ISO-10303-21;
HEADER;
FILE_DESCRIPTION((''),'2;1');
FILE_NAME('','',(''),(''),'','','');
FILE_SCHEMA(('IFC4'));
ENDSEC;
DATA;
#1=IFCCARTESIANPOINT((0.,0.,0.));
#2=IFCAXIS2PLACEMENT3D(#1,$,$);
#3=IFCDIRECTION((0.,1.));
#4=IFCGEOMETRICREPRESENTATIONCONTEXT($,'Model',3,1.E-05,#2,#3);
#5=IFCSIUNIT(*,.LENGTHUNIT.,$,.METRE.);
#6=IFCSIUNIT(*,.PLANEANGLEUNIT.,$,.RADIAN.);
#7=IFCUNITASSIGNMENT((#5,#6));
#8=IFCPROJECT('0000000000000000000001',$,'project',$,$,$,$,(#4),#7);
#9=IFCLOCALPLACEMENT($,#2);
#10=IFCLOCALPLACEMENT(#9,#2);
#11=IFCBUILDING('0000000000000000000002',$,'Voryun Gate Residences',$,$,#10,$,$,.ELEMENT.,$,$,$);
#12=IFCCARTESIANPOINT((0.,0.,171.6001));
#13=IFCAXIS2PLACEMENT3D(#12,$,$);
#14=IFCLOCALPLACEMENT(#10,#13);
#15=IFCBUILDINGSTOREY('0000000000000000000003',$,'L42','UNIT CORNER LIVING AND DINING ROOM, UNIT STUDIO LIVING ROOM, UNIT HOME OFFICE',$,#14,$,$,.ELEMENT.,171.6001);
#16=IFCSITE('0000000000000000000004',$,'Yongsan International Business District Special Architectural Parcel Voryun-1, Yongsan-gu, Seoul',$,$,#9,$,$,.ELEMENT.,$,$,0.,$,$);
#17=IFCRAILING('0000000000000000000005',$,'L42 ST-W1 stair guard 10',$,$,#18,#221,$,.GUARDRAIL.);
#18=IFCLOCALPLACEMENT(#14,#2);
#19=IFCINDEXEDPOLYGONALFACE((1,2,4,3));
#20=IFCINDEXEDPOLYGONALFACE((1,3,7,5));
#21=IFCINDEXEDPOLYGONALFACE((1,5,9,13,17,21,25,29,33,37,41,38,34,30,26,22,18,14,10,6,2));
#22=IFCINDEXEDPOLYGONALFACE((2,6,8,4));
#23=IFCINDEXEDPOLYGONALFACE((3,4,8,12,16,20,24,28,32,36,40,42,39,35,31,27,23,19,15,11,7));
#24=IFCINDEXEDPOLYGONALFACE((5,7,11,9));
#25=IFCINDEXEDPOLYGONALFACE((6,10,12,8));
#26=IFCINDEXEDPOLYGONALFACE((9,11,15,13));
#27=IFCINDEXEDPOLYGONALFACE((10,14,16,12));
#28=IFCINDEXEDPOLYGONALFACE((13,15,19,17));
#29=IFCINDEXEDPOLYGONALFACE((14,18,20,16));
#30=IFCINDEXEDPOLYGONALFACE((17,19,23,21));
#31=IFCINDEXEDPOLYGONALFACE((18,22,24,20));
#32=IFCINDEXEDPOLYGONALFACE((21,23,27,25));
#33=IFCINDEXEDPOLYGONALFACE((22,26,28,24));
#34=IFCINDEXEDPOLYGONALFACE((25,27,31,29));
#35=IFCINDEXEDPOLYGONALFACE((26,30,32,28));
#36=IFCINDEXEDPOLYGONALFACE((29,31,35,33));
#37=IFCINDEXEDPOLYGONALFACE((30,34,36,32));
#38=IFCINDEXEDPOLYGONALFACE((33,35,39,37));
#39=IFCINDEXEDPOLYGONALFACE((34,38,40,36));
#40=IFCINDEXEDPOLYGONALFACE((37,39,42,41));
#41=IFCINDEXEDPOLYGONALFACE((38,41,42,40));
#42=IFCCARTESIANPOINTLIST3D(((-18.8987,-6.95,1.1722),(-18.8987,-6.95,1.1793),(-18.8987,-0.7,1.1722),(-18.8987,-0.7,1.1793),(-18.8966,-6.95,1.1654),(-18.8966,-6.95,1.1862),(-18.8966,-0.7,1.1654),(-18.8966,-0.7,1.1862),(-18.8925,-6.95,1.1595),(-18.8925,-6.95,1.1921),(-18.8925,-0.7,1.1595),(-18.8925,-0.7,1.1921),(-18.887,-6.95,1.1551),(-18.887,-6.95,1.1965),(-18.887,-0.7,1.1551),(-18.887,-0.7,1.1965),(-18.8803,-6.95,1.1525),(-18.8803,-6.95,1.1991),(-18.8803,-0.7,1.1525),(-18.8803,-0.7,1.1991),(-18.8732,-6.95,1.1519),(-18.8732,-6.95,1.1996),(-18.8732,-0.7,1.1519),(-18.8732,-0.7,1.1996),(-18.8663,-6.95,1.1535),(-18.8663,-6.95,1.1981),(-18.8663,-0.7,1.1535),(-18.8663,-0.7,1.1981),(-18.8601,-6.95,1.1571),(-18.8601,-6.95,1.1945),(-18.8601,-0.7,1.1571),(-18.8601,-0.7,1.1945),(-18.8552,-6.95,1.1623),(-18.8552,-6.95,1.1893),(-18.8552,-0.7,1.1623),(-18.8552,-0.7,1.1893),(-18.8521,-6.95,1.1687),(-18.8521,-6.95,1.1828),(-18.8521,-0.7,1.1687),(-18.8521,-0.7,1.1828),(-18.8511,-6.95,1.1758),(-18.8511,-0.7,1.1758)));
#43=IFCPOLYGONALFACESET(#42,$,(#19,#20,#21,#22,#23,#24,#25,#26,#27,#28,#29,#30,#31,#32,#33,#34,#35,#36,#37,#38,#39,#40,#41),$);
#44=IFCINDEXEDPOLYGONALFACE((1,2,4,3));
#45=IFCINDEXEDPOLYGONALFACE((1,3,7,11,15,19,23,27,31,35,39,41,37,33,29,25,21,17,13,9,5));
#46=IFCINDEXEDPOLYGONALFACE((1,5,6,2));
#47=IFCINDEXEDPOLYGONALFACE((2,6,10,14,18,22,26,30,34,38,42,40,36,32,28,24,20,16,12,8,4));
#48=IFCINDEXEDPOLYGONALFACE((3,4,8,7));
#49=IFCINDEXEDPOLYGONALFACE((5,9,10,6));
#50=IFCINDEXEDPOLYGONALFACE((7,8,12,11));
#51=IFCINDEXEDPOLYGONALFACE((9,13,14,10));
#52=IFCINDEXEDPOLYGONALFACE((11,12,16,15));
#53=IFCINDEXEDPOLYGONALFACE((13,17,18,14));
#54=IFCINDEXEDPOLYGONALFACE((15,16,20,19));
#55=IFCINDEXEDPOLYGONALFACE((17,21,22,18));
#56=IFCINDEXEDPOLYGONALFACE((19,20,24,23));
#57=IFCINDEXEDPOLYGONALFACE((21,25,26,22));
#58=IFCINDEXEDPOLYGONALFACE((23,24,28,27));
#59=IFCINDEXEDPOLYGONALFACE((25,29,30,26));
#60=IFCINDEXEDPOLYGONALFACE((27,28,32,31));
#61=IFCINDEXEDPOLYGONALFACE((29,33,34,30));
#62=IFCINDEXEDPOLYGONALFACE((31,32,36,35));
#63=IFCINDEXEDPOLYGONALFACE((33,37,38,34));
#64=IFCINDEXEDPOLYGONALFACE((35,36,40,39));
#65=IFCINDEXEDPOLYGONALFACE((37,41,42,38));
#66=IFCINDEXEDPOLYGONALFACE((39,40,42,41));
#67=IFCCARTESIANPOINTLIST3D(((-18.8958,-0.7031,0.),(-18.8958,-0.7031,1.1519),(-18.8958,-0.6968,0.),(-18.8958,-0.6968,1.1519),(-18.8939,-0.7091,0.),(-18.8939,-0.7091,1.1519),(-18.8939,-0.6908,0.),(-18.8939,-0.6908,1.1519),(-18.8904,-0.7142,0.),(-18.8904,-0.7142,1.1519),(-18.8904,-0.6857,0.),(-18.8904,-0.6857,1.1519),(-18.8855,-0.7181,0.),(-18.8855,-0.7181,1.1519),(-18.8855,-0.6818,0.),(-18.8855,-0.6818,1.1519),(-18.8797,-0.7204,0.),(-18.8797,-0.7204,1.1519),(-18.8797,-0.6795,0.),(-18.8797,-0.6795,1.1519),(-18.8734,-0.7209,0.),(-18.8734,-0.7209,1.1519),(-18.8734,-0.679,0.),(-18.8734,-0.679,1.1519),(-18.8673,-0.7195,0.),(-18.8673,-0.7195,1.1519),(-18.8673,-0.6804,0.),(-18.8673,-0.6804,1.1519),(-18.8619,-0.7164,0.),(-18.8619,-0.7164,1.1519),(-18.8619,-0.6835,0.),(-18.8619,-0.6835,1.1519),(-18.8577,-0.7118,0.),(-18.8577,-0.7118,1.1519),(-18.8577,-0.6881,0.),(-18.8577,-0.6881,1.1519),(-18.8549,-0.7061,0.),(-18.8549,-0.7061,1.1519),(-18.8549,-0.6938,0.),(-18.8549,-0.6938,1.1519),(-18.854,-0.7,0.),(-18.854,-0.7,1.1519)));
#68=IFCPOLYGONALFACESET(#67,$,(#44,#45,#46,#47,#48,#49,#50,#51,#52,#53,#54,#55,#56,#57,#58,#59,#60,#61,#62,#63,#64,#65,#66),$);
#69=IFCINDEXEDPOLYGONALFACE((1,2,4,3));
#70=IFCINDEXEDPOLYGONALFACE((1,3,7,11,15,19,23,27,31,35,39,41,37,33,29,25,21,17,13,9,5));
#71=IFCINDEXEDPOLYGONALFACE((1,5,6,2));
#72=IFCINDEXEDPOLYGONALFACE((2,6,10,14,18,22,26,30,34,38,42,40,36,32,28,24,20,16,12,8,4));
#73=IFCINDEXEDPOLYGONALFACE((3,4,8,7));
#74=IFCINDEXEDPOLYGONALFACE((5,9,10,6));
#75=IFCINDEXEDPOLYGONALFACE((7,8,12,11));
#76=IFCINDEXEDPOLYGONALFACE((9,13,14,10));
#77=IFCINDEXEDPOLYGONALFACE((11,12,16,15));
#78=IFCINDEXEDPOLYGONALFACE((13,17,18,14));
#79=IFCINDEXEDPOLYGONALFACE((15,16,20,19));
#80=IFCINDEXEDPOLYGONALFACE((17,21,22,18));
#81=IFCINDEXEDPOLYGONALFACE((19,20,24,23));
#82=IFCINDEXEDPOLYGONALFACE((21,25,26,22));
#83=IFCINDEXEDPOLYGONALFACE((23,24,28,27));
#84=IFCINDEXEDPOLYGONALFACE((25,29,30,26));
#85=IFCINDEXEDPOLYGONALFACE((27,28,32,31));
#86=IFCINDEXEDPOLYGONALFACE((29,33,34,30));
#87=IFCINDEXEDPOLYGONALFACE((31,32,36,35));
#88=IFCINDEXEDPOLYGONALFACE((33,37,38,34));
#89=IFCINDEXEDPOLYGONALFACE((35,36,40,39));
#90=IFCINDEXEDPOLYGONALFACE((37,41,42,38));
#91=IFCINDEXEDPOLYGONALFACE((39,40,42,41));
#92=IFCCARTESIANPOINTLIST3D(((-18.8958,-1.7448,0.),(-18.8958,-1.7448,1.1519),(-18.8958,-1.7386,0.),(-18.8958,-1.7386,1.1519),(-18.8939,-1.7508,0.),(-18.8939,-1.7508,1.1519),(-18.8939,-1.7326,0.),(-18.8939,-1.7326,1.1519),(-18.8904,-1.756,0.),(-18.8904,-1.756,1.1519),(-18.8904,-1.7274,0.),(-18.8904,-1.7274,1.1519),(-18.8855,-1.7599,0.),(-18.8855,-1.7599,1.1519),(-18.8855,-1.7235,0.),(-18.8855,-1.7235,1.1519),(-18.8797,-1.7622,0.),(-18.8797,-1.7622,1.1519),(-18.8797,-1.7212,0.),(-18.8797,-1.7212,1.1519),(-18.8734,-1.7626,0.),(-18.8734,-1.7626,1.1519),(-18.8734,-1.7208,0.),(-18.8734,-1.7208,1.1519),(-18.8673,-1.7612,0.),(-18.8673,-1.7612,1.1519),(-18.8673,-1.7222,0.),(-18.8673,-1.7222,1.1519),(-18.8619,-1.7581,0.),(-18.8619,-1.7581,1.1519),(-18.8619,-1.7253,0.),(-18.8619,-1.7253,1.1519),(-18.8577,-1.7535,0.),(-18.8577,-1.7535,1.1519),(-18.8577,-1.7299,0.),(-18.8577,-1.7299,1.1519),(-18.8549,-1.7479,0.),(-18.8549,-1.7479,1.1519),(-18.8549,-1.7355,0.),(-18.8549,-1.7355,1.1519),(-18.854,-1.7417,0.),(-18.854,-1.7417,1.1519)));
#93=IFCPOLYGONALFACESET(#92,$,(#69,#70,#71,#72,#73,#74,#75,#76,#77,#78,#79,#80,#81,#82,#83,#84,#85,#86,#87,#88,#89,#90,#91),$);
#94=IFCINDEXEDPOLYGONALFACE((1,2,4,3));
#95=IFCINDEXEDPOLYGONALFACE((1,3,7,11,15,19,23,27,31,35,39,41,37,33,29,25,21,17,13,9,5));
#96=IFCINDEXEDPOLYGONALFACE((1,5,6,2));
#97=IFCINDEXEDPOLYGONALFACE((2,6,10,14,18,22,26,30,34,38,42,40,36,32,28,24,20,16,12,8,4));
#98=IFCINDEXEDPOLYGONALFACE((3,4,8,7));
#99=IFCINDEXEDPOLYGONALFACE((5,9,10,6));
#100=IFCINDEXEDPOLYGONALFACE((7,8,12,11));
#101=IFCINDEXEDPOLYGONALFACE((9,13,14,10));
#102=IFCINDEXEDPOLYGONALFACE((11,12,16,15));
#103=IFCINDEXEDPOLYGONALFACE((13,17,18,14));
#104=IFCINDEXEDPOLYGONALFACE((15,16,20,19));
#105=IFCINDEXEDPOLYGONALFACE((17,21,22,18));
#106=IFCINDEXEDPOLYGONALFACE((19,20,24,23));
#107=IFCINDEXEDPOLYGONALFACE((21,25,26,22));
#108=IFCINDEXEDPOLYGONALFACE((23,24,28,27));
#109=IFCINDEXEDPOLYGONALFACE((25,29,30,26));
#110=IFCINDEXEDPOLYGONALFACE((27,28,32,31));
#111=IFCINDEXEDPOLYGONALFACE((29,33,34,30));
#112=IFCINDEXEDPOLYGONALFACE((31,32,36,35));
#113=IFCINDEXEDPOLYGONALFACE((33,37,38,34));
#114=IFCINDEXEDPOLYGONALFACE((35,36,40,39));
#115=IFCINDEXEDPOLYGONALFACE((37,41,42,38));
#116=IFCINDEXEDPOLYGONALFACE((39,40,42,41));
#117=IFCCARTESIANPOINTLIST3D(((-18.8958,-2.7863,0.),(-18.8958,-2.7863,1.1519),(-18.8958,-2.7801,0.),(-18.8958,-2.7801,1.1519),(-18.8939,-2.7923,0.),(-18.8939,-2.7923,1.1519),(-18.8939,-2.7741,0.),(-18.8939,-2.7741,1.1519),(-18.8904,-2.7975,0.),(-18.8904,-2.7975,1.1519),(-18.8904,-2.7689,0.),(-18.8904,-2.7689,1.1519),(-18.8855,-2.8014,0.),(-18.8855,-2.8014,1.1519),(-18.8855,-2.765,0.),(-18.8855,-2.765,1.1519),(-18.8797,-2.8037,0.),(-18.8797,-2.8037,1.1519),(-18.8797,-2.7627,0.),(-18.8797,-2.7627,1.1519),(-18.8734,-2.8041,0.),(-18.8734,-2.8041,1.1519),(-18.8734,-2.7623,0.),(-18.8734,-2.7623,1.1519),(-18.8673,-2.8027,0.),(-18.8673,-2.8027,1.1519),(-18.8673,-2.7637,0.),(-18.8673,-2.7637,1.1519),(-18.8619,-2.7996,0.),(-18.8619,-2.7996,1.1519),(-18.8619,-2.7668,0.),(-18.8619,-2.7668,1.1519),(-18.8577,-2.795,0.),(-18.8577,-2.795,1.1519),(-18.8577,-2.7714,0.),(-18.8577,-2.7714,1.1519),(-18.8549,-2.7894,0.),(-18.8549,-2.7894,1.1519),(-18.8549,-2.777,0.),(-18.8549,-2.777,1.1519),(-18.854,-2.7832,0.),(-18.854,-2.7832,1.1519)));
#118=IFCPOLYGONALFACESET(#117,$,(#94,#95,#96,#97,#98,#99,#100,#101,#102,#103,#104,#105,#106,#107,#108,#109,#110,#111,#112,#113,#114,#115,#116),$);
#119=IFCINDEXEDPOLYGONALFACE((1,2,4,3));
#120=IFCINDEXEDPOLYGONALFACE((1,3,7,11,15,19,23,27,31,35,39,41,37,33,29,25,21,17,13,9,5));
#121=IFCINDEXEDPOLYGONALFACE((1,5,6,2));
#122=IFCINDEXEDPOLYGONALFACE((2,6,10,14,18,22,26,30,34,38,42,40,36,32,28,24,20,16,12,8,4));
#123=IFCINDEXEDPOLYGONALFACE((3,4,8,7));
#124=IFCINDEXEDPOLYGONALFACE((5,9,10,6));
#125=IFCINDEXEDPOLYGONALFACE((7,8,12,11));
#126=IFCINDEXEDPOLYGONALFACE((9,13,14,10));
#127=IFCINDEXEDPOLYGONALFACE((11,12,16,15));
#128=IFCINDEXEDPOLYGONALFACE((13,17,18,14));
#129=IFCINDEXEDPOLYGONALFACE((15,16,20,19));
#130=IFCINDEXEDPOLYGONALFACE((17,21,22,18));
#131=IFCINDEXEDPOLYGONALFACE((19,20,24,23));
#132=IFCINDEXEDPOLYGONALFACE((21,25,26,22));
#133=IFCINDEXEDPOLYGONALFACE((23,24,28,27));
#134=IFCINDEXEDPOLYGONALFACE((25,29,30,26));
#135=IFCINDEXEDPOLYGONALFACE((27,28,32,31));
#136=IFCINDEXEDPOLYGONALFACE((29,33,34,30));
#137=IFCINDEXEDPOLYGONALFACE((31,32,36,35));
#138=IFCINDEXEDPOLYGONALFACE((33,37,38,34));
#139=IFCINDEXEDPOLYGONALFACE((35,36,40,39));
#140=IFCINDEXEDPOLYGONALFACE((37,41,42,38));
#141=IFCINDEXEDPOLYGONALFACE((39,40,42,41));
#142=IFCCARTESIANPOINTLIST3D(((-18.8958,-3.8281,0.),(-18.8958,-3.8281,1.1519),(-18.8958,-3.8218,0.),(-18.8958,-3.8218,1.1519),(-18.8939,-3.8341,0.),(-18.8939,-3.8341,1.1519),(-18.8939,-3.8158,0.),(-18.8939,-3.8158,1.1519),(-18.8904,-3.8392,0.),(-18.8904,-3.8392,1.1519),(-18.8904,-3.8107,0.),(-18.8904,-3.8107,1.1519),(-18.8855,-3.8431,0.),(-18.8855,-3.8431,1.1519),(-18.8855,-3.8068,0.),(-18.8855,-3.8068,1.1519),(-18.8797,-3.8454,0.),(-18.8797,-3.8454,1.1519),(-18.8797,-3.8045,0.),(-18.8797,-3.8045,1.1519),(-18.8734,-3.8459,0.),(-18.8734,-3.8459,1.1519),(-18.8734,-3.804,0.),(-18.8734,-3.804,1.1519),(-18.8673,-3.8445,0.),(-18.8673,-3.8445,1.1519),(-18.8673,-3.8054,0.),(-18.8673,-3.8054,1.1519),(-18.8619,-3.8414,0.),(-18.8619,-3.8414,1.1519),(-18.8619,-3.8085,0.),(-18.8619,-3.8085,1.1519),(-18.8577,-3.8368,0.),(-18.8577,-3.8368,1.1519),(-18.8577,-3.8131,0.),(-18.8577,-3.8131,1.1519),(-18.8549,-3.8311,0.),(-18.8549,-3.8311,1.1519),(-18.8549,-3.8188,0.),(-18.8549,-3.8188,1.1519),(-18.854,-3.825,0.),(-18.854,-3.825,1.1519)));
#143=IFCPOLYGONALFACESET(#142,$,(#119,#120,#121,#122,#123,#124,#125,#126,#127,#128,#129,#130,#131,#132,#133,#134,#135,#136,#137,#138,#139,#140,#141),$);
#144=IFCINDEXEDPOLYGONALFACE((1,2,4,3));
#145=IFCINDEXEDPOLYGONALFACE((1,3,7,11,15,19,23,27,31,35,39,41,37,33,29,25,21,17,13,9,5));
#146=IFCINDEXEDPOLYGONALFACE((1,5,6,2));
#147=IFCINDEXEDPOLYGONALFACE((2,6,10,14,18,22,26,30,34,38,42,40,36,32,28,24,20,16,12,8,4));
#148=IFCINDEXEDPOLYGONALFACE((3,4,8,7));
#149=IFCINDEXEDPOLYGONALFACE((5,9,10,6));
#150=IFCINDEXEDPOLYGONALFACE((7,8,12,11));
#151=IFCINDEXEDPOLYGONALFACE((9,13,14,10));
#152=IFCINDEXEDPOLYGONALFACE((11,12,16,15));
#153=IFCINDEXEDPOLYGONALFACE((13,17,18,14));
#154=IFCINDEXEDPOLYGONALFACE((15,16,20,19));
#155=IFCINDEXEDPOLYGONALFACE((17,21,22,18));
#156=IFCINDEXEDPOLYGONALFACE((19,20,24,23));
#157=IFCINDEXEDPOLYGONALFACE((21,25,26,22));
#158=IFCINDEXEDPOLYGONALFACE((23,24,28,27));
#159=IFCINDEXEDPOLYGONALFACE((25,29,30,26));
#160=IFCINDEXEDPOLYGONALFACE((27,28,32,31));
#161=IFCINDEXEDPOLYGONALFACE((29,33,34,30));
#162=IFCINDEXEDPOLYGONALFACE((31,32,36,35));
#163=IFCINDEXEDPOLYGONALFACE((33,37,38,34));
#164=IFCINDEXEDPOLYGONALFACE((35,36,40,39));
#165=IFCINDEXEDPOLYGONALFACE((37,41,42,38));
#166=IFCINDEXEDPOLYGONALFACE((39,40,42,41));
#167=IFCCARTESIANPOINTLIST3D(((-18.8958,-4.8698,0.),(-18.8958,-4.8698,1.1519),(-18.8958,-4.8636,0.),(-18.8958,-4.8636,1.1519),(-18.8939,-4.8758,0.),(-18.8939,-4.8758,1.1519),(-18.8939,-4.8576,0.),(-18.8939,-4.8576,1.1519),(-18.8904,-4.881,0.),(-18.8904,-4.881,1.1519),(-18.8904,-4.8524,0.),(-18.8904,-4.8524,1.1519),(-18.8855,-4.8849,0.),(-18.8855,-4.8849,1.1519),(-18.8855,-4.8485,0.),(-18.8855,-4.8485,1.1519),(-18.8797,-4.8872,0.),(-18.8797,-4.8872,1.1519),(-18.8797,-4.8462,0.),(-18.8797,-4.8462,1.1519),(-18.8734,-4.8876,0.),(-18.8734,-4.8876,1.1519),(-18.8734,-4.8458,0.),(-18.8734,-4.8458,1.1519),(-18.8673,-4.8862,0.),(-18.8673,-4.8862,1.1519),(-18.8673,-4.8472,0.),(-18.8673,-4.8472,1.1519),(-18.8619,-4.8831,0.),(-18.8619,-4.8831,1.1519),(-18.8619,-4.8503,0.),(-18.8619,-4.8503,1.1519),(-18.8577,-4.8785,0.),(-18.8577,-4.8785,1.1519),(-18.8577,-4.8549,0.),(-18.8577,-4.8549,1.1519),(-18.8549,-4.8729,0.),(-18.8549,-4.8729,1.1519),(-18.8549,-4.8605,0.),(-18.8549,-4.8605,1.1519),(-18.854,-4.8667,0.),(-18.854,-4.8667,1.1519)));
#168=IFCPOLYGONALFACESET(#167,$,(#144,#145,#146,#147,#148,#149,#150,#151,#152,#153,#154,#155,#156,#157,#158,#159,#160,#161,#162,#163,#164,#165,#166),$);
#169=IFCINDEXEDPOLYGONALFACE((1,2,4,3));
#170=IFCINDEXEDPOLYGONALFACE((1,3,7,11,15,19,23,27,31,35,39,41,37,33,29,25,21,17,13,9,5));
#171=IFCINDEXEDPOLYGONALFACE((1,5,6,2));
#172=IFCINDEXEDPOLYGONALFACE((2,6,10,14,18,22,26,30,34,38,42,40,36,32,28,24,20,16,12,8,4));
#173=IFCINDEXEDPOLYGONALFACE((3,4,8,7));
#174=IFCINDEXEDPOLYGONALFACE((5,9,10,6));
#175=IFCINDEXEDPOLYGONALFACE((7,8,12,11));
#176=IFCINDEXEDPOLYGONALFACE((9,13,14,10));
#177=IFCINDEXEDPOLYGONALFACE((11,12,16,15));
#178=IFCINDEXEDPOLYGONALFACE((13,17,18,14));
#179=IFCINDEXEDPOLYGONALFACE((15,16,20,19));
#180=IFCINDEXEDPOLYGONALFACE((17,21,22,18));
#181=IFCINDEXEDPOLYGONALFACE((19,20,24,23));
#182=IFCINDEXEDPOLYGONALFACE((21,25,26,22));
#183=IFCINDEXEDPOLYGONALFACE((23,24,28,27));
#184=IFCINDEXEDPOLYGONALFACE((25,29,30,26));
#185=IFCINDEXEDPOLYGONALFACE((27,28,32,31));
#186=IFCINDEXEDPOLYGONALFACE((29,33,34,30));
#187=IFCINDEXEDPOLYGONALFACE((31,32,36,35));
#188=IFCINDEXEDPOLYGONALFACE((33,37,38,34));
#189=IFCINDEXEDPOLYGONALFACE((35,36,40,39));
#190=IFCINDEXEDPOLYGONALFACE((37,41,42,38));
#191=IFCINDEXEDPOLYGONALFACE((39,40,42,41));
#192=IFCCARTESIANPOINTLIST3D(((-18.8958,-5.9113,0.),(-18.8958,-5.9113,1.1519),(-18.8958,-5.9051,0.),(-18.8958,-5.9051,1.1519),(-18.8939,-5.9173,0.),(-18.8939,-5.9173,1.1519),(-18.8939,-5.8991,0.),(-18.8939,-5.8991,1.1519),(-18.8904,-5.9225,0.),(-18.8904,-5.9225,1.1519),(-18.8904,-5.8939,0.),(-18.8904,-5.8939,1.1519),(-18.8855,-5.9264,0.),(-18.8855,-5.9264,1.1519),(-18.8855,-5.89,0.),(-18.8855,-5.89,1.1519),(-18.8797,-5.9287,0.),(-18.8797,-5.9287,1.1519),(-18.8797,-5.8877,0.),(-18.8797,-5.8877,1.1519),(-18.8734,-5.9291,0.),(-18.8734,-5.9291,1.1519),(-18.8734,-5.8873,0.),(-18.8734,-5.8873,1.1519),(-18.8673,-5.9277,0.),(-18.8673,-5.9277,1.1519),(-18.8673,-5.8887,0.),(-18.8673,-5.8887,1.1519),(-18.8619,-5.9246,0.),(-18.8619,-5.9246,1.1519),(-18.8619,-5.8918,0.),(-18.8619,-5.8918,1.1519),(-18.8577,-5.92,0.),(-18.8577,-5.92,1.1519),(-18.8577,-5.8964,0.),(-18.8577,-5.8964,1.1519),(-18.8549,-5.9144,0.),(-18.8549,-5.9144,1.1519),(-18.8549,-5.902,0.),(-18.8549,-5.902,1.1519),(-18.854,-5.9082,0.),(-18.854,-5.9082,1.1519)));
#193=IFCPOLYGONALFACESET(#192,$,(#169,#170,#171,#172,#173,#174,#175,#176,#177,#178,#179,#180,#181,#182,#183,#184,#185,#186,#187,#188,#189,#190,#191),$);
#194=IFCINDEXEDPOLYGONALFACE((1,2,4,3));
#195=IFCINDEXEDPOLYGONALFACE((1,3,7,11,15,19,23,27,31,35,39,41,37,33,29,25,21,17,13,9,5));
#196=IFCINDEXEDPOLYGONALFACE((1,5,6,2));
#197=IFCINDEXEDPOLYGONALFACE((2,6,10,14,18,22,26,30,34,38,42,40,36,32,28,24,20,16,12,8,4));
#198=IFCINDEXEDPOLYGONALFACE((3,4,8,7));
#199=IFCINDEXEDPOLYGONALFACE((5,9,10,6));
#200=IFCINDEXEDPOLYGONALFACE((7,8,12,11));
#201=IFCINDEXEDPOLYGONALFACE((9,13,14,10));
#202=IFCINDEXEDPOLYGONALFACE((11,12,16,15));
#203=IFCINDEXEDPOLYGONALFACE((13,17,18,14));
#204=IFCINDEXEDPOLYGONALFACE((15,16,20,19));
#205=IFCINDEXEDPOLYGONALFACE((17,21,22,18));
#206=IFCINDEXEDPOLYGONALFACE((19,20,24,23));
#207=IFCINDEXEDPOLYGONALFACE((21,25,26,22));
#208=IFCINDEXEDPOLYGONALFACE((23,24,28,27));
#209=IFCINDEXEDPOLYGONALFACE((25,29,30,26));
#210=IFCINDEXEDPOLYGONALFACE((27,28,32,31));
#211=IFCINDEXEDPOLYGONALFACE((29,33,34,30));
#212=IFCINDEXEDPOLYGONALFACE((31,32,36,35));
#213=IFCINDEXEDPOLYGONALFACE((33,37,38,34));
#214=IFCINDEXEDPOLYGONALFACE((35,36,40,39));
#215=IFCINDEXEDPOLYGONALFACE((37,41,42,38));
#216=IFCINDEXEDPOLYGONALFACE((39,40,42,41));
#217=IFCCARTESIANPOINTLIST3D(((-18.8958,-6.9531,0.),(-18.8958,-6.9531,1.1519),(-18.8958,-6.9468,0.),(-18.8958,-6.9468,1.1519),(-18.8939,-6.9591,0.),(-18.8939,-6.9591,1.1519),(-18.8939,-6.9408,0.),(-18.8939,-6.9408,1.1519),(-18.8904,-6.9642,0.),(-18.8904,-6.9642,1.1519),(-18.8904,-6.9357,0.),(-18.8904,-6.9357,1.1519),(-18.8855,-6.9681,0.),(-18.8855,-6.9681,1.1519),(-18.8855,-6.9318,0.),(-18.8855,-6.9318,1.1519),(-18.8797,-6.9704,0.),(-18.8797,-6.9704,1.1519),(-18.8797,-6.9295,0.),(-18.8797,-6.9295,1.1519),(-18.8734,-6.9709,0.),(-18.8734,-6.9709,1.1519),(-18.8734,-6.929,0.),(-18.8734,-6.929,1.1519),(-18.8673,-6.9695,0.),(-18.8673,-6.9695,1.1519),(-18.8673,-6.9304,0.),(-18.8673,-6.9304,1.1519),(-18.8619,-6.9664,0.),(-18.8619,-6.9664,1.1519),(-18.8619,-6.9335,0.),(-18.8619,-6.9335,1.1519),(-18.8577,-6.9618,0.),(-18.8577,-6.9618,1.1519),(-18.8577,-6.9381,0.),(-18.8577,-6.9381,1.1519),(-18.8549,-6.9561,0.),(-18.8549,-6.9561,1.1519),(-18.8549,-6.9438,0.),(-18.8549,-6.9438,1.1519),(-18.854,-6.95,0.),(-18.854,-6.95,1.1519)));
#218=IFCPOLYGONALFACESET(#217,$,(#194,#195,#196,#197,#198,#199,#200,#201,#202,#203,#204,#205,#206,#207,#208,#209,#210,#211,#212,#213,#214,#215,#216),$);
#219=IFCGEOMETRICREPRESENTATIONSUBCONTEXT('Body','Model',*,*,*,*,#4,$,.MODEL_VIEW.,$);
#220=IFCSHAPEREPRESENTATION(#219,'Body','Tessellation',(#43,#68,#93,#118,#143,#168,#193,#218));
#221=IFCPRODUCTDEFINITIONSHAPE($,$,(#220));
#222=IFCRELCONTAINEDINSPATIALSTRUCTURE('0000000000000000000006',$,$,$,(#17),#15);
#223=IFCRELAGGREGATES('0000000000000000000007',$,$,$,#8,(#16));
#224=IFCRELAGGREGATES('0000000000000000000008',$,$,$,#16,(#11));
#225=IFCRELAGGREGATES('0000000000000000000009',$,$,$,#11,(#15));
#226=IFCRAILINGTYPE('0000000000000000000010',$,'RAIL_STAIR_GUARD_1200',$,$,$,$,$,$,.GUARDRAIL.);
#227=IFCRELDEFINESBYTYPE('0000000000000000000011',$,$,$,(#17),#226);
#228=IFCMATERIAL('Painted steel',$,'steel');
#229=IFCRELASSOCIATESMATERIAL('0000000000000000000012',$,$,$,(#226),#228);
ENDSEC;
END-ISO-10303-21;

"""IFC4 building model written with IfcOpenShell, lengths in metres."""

from ifc_helpers import new_model, si_unit, direction, frame, origin, origin_2d, place, context, subcontext, project, spatial, circle, extrude, material, type_object, element, save


model = new_model("IFC4")

# Units and contexts
model_context = context("Model", 3, precision=1e-05, world=origin(), true_north=direction((0.0, 1.0)))
body_context = subcontext(model_context, "Body", "Model", "MODEL_VIEW")
ifc_project = project(units=[si_unit("LENGTHUNIT", "METRE"), si_unit("PLANEANGLEUNIT", "RADIAN")], contexts=[model_context])

# Site, building, storey
site_placement = place(None, origin())
site = spatial("IfcSite", under=ifc_project, at=site_placement, Name="Yongsan International Business District Special Architectural Parcel Voryun-1, Yongsan-gu, Seoul", CompositionType="ELEMENT", RefElevation=0.0)
building_placement = place(site_placement, origin())
building = spatial("IfcBuilding", under=site, at=building_placement, Name="Voryun Gate Residences", CompositionType="ELEMENT")
storey_placement = place(building_placement, frame((0.0, 0.0, 171.6001)))
storey = spatial("IfcBuildingStorey", under=building, at=storey_placement, Name="L42", Description="UNIT CORNER LIVING AND DINING ROOM, UNIT STUDIO LIVING ROOM, UNIT HOME OFFICE", CompositionType="ELEMENT", Elevation=171.6001)

# Railing
ifc_material_1 = material(Name="Painted steel", Category="steel")
railing_type = type_object("IfcRailingType", Name="RAIL_STAIR_GUARD_1200", PredefinedType="GUARDRAIL", material=ifc_material_1)
railing_1_placement = place(storey_placement, frame((-18.875, -0.7, 0.0)))
element("IfcRailing", 1, at=railing_1_placement, inside=storey, type_object=railing_type, Name="L42 ST-W1 stair guard 10", PredefinedType="GUARDRAIL", context=body_context, shape_type="SweptSolid", body=[
    extrude(circle(Radius=0.0239, at=origin_2d()), frame((0.0, 0.0, 1.1758), z_axis=(0.0, -1.0, 0.0), x_axis=(1.0, 0.0, 0.0)), (0.0, 0.0, 1.0), 6.25),
    extrude(circle(Radius=0.021, at=origin_2d()), origin(), (0.0, 0.0, 1.0), 1.1519),
    extrude(circle(Radius=0.021, at=origin_2d()), frame((0.0, -1.0417, 0.0)), (0.0, 0.0, 1.0), 1.1519),
    extrude(circle(Radius=0.021, at=origin_2d()), frame((0.0, -2.0833, 0.0)), (0.0, 0.0, 1.0), 1.1519),
    extrude(circle(Radius=0.021, at=origin_2d()), frame((0.0, -3.125, 0.0)), (0.0, 0.0, 1.0), 1.1519),
    extrude(circle(Radius=0.021, at=origin_2d()), frame((0.0, -4.1667, 0.0)), (0.0, 0.0, 1.0), 1.1519),
    extrude(circle(Radius=0.021, at=origin_2d()), frame((0.0, -5.2083, 0.0)), (0.0, 0.0, 1.0), 1.1519),
    extrude(circle(Radius=0.021, at=origin_2d()), frame((0.0, -6.25, 0.0)), (0.0, 0.0, 1.0), 1.1519),
])

save(model, "model.ifc")
